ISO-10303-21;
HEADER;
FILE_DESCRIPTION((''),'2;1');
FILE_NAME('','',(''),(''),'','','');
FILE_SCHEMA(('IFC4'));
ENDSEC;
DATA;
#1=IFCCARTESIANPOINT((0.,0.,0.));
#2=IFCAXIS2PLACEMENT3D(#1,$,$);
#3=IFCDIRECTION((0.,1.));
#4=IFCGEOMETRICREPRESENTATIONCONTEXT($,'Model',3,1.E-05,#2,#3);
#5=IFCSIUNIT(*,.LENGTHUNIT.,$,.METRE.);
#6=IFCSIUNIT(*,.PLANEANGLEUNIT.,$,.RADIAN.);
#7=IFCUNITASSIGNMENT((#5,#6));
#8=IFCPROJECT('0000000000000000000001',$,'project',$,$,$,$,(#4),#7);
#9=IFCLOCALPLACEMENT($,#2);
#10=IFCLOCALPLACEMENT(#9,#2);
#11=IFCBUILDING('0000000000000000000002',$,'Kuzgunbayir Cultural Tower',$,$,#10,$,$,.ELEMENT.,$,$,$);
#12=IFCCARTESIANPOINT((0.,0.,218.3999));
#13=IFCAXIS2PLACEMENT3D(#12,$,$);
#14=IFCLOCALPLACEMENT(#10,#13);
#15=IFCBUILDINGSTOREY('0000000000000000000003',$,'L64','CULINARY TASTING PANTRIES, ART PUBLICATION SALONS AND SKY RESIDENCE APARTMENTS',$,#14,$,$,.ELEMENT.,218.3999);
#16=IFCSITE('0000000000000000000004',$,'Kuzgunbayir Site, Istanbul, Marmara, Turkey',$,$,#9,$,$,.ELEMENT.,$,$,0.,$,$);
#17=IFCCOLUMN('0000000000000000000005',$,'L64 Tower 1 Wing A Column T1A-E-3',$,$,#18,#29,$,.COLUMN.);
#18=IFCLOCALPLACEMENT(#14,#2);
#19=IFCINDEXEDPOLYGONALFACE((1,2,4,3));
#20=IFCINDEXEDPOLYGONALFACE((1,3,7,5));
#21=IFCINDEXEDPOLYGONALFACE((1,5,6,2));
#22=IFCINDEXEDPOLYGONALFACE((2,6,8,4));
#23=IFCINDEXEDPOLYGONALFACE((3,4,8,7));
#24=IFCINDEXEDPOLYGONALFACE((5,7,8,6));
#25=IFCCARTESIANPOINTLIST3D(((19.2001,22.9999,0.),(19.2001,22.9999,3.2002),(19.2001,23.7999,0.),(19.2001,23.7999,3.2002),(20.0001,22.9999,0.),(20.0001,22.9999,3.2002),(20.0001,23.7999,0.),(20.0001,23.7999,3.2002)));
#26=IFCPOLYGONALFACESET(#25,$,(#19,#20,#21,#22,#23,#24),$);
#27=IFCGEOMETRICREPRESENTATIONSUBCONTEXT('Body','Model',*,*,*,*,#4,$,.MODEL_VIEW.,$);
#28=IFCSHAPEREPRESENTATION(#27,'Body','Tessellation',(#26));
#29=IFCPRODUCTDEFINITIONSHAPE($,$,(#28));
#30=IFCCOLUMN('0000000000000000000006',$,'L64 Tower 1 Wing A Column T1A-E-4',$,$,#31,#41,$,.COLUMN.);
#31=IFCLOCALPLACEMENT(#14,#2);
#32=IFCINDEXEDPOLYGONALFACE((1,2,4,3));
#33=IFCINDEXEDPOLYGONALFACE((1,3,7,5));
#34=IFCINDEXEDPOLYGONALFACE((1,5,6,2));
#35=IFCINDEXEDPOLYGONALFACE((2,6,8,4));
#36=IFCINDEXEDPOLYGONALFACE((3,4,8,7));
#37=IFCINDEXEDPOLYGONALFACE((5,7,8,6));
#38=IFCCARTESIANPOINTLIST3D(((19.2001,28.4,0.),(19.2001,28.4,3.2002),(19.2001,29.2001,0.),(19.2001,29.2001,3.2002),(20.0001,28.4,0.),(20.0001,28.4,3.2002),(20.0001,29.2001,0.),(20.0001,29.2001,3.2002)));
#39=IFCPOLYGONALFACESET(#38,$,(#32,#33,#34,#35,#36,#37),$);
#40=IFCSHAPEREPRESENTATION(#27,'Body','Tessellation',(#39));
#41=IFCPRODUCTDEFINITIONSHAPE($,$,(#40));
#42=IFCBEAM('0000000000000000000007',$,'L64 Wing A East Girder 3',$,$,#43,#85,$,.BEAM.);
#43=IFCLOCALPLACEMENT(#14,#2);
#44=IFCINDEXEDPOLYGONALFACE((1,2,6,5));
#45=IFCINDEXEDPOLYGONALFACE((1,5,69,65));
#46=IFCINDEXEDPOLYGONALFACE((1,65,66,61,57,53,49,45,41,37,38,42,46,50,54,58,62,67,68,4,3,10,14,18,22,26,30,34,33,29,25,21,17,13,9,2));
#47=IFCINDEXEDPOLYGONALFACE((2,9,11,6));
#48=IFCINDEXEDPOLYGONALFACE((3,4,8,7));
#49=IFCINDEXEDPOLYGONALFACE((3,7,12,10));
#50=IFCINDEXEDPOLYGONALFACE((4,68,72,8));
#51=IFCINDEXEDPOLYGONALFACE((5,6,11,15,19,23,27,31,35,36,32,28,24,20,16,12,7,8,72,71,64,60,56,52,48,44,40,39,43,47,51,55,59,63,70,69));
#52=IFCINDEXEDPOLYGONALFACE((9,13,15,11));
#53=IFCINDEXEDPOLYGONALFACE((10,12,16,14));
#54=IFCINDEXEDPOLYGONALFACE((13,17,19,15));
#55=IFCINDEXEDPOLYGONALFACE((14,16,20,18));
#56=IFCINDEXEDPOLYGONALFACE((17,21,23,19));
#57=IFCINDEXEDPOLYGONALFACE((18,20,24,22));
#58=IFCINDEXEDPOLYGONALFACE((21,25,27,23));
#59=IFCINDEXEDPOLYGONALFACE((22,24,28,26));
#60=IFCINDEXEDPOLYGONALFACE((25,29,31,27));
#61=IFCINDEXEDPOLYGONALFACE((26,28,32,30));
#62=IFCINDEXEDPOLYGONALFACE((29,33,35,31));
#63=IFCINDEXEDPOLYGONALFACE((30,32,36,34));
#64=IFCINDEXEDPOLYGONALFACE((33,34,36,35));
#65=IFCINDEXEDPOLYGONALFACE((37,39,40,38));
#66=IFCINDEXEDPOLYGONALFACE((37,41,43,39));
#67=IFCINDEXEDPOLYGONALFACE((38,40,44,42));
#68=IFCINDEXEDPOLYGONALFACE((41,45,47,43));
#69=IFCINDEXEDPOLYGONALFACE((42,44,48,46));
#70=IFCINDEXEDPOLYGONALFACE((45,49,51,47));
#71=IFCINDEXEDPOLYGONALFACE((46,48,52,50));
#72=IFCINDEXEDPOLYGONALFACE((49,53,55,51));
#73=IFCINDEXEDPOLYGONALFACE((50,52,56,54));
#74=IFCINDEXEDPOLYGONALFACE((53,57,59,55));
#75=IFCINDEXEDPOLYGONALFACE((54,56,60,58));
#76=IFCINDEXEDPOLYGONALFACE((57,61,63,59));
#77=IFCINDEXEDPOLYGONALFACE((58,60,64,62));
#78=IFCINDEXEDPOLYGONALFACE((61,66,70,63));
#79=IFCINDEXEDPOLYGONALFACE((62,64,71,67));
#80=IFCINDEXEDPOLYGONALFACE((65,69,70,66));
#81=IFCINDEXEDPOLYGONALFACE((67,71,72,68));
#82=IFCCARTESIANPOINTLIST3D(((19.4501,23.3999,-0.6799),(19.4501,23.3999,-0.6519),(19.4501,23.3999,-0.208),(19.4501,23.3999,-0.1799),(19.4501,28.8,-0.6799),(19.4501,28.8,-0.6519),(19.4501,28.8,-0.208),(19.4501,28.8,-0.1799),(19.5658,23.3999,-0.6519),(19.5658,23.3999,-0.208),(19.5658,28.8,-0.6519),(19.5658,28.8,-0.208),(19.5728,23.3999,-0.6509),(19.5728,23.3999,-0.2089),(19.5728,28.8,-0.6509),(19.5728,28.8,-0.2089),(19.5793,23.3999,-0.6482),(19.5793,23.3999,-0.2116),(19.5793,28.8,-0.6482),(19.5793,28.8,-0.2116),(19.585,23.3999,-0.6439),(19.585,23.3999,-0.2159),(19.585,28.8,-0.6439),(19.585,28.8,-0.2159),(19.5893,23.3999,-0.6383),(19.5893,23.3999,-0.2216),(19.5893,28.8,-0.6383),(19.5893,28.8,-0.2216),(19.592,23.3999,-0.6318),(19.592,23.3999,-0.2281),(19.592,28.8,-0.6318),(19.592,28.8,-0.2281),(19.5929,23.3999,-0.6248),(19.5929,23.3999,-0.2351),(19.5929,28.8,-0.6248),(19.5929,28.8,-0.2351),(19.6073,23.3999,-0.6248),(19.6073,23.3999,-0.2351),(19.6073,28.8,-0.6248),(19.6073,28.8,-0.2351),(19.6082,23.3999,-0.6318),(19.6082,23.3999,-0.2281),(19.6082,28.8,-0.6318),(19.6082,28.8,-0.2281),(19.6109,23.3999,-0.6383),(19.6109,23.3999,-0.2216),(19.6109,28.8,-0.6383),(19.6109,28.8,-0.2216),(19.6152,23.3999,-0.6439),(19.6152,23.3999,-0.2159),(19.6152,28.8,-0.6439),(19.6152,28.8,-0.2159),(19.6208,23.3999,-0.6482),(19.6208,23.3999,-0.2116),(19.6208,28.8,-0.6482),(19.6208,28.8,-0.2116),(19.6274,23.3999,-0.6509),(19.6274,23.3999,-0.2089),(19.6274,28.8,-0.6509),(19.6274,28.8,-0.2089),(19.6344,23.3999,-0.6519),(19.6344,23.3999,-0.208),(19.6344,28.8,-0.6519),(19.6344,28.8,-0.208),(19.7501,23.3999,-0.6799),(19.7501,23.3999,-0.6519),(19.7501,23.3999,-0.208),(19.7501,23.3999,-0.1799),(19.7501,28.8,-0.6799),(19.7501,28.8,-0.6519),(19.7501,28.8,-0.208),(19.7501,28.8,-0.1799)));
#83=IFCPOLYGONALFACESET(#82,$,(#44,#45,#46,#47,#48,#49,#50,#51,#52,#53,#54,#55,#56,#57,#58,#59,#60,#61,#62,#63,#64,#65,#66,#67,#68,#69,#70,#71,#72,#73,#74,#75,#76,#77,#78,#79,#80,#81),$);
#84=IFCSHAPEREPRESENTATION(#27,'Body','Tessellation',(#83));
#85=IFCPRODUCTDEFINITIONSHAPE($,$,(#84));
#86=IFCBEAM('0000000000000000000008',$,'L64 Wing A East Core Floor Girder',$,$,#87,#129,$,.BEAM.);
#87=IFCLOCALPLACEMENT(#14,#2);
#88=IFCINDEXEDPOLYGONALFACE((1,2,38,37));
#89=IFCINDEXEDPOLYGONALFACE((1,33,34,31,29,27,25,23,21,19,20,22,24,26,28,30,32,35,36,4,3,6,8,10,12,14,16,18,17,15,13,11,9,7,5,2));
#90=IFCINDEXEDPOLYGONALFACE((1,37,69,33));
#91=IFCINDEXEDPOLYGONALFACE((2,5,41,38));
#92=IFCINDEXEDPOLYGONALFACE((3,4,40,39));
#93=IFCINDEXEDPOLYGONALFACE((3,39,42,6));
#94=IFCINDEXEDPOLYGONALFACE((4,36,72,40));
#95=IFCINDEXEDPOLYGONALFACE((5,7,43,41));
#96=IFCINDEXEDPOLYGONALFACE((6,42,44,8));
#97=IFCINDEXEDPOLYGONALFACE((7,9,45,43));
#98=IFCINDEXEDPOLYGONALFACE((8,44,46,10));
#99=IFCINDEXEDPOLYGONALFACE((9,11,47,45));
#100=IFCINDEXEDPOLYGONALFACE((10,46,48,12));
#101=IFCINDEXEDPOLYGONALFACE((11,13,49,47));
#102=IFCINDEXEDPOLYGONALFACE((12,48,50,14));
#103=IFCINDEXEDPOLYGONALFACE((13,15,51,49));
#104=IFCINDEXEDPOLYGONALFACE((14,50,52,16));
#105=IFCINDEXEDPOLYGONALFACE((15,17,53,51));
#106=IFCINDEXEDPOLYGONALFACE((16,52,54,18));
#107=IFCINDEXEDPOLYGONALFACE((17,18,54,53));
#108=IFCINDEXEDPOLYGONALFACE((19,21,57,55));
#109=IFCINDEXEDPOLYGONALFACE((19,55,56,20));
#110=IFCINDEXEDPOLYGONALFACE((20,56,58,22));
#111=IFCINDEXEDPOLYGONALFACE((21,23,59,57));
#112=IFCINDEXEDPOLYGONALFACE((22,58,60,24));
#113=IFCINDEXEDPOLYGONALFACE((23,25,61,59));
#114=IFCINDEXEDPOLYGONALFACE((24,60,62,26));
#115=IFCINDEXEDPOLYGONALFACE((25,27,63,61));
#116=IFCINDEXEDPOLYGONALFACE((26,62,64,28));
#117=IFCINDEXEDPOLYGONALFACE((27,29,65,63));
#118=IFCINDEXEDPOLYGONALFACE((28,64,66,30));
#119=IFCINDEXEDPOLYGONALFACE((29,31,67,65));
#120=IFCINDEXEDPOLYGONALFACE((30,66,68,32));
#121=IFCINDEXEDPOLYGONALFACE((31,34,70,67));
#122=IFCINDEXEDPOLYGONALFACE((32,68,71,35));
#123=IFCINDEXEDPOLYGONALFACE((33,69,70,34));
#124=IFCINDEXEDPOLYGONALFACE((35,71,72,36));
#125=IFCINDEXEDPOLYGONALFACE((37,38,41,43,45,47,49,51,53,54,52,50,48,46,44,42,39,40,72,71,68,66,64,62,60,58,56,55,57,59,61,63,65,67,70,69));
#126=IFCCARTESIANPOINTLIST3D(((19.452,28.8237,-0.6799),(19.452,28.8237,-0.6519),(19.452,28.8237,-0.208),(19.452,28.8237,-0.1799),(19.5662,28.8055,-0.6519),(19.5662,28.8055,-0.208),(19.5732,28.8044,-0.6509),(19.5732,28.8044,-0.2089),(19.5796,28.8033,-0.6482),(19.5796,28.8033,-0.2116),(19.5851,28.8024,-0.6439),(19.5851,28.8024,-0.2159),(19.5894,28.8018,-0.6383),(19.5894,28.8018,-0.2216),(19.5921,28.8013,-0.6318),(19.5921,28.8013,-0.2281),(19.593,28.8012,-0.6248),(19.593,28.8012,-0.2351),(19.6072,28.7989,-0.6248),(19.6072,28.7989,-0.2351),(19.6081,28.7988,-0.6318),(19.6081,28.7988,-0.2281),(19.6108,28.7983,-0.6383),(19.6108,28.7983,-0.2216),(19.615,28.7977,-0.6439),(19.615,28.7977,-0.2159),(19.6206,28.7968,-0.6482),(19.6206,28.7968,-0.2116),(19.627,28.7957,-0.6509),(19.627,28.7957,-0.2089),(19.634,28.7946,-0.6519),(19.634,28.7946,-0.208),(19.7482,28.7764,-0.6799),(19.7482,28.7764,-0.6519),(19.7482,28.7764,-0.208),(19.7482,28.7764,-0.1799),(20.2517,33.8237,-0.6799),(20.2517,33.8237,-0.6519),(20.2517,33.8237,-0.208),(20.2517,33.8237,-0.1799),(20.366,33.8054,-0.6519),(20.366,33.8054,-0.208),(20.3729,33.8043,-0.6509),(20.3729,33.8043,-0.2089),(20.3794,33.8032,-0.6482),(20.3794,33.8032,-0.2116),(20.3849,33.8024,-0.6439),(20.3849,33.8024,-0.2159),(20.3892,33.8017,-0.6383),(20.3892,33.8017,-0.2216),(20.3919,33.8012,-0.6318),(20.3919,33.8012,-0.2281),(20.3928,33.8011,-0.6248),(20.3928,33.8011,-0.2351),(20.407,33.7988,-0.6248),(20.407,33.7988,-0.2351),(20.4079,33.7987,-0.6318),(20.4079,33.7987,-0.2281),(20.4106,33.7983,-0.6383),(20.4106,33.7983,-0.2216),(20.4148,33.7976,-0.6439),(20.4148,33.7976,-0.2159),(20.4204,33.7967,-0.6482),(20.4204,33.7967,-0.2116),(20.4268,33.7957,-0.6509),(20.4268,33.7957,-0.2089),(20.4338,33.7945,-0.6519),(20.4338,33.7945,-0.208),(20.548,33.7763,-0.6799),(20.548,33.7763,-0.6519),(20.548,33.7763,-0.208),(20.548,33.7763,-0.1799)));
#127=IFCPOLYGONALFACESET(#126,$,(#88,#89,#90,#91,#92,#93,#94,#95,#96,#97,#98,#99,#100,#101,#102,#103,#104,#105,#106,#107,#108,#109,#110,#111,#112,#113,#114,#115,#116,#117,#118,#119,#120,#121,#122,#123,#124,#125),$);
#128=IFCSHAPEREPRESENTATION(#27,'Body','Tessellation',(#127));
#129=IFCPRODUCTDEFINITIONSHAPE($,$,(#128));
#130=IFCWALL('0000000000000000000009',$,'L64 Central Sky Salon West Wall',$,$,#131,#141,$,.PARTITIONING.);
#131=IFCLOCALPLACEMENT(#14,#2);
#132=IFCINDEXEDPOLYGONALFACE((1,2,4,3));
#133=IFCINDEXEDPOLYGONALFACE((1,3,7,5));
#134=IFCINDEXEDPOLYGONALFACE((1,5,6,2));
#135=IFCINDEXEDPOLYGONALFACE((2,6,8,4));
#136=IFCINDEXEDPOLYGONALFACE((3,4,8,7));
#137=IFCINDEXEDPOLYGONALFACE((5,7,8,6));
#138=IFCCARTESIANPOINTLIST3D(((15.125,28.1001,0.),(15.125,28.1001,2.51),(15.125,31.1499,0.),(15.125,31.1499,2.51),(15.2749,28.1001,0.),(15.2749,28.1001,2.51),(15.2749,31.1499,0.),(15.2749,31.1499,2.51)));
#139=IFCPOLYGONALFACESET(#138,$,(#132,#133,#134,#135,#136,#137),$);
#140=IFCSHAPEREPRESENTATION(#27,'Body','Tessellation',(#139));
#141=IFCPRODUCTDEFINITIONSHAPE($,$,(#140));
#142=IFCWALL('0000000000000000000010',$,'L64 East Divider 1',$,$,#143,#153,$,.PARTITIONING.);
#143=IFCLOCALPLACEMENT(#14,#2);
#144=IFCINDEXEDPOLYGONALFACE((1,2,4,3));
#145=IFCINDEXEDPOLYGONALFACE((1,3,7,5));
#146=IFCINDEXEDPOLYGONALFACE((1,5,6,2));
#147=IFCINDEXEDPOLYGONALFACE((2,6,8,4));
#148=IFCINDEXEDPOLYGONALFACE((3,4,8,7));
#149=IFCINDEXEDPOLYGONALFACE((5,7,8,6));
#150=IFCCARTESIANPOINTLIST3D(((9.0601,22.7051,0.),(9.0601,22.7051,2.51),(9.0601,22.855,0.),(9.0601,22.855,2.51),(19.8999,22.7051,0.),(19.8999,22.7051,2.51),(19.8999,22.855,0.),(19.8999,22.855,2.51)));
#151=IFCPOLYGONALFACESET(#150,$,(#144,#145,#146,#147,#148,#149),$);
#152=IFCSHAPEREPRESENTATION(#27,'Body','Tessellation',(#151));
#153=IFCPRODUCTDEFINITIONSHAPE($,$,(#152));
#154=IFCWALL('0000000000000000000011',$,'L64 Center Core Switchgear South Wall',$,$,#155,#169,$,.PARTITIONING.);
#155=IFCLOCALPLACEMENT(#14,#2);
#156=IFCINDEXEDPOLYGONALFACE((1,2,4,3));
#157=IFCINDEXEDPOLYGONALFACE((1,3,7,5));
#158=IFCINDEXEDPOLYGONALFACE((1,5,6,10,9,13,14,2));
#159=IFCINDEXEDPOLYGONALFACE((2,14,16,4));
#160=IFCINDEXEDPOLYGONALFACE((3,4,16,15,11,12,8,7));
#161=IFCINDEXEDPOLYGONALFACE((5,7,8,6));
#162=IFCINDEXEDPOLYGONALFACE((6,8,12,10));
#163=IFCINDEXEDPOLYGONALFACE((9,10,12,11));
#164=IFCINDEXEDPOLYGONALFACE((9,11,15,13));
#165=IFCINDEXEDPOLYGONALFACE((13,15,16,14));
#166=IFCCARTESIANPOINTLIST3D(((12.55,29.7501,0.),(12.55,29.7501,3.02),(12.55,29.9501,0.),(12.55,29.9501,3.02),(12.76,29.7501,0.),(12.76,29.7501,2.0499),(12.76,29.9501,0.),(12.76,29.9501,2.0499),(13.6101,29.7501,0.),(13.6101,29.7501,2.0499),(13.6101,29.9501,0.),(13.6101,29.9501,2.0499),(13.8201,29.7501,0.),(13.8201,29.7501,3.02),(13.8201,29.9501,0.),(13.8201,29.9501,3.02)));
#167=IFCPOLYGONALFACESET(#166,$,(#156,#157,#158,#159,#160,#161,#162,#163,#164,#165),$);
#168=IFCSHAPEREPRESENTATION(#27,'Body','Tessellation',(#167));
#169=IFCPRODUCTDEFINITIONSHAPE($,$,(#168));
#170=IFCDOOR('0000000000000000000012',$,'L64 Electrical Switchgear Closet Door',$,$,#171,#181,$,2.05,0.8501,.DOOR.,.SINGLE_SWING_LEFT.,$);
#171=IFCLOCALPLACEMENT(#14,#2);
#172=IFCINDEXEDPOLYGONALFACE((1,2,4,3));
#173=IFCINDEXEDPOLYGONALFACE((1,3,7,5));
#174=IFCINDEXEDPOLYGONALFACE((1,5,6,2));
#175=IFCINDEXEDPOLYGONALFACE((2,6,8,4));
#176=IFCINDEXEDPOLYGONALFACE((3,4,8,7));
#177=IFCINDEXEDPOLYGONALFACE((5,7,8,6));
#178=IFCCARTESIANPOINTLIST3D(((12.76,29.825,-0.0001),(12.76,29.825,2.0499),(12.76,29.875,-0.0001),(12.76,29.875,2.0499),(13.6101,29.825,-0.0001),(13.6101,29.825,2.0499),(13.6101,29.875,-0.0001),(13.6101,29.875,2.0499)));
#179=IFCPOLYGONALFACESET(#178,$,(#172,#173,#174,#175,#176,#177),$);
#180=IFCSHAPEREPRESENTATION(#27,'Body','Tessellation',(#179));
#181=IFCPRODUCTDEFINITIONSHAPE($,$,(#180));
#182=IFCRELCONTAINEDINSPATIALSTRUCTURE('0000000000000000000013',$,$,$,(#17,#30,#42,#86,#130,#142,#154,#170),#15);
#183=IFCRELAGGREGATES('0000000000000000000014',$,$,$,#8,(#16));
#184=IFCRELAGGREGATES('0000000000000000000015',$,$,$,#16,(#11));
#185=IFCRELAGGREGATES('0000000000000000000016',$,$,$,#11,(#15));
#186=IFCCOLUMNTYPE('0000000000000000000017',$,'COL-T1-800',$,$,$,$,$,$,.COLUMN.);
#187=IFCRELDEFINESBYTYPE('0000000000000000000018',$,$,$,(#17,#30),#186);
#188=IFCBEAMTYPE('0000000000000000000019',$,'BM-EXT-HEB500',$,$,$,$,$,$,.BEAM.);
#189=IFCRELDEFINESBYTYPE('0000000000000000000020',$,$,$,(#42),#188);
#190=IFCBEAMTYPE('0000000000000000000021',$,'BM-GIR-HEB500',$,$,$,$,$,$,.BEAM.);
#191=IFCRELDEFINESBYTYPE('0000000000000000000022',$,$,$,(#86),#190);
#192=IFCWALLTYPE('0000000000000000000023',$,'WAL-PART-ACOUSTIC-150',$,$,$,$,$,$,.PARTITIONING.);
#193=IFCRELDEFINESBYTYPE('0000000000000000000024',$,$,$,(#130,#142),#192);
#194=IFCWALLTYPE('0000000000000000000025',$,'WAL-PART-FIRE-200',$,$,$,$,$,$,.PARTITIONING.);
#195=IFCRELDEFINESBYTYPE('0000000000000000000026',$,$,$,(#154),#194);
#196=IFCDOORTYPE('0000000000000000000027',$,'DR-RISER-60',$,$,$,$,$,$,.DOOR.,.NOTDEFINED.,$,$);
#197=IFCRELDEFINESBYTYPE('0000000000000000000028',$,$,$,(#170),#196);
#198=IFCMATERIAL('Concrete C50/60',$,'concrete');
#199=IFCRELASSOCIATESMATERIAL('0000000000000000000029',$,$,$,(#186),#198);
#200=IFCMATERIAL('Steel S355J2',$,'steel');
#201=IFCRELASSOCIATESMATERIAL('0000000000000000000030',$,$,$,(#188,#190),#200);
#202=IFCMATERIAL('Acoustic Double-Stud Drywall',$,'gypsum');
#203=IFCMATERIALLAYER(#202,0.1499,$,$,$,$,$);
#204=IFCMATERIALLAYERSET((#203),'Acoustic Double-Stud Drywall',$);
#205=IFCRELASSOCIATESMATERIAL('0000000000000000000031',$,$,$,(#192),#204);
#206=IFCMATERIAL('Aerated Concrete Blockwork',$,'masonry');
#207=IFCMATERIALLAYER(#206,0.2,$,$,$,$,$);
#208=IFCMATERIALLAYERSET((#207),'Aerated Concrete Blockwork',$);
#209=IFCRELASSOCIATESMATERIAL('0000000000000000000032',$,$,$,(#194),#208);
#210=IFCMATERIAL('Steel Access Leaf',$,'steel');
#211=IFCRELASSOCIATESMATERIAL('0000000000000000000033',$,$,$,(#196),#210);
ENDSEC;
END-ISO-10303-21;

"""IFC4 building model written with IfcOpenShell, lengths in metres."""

from ifc_helpers import new_model, si_unit, direction, frame, frame_2d, origin, origin_2d, place, context, subcontext, project, spatial, rectangle, i_section, extrude, material, layer, layer_set, material_profile, profile_set, type_object, element, fill, save


model = new_model("IFC4")

# Units and contexts
model_context = context("Model", 3, precision=1e-05, world=origin(), true_north=direction((0.0, 1.0)))
body_context = subcontext(model_context, "Body", "Model", "MODEL_VIEW")
ifc_project = project(units=[si_unit("LENGTHUNIT", "METRE"), si_unit("PLANEANGLEUNIT", "RADIAN")], contexts=[model_context])

# Site, building, storey
site_placement = place(None, origin())
site = spatial("IfcSite", under=ifc_project, at=site_placement, Name="Kuzgunbayir Site, Istanbul, Marmara, Turkey", CompositionType="ELEMENT", RefElevation=0.0)
building_placement = place(site_placement, origin())
building = spatial("IfcBuilding", under=site, at=building_placement, Name="Kuzgunbayir Cultural Tower", CompositionType="ELEMENT")
storey_placement = place(building_placement, frame((0.0, 0.0, 218.3999)))
storey = spatial("IfcBuildingStorey", under=building, at=storey_placement, Name="L64", Description="CULINARY TASTING PANTRIES, ART PUBLICATION SALONS AND SKY RESIDENCE APARTMENTS", CompositionType="ELEMENT", Elevation=218.3999)

# Columns
ifc_material_1 = material(Name="Concrete C50/60", Category="concrete")
ifc_material_profile_1 = material_profile(ifc_material_1, rectangle(XDim=0.8, YDim=0.8, at=origin_2d()), Name="RC 800x800")
ifc_profile_set_1 = profile_set([ifc_material_profile_1], Name="Concrete C50/60")
column_type = type_object("IfcColumnType", Name="COL-T1-800", PredefinedType="COLUMN", material=ifc_profile_set_1)
for number, where, z_axis, x_axis, name in (
    (1, (19.6001, 23.3999, 0.0), (0.0, 0.0, 1.0), (1.0, 0.0, 0.0), "L64 Tower 1 Wing A Column T1A-E-3"),
    (2, (19.6001, 28.8, 0.0), (0.0, 0.0, 1.0), (1.0, 0.0, 0.0), "L64 Tower 1 Wing A Column T1A-E-4"),
):
    element("IfcColumn", number, at=place(storey_placement, frame(where, z_axis=z_axis, x_axis=x_axis)), inside=storey, type_object=column_type, Name=name, PredefinedType="COLUMN", context=body_context, shape_type="SweptSolid", body=[
        extrude(rectangle(XDim=0.8, YDim=0.8, at=origin_2d()), origin(), (0.0, 0.0, 1.0), 3.2002),
    ])

# Beams
ifc_material_2 = material(Name="Steel S355J2", Category="steel")
ifc_material_profile_2 = material_profile(ifc_material_2, i_section(OverallWidth=0.3, OverallDepth=0.5, WebThickness=0.0144, FlangeThickness=0.0281, FilletRadius=0.0271, at=origin_2d()), Name="HEB 500")
ifc_profile_set_2 = profile_set([ifc_material_profile_2], Name="Steel S355J2")
beam_type_1 = type_object("IfcBeamType", Name="BM-EXT-HEB500", PredefinedType="BEAM", material=ifc_profile_set_2)
beam_1_placement = place(storey_placement, frame((19.6001, 23.3999, -0.4299), z_axis=(0.0, 1.0, 0.0), x_axis=(-1.0, 0.0, 0.0)))
element("IfcBeam", 3, at=beam_1_placement, inside=storey, type_object=beam_type_1, Name="L64 Wing A East Girder 3", PredefinedType="BEAM", context=body_context, shape_type="SweptSolid", body=[
    extrude(i_section(OverallWidth=0.3, OverallDepth=0.5, WebThickness=0.0144, FlangeThickness=0.0281, FilletRadius=0.0271, at=origin_2d()), origin(), (0.0, 0.0, 1.0), 5.4001),
])
ifc_material_profile_3 = material_profile(ifc_material_2, i_section(OverallWidth=0.3, OverallDepth=0.5, WebThickness=0.0144, FlangeThickness=0.0281, FilletRadius=0.0271, at=origin_2d()), Name="HEB 500")
ifc_profile_set_3 = profile_set([ifc_material_profile_3], Name="Steel S355J2")
beam_type_2 = type_object("IfcBeamType", Name="BM-GIR-HEB500", PredefinedType="BEAM", material=ifc_profile_set_3)
beam_2_placement = place(storey_placement, frame((19.6001, 28.8, -0.4299), z_axis=(0.157953, 0.987447, 0.0), x_axis=(-0.987447, 0.157953, 0.0)))
element("IfcBeam", 4, at=beam_2_placement, inside=storey, type_object=beam_type_2, Name="L64 Wing A East Core Floor Girder", PredefinedType="BEAM", context=body_context, shape_type="SweptSolid", body=[
    extrude(i_section(OverallWidth=0.3, OverallDepth=0.5, WebThickness=0.0144, FlangeThickness=0.0281, FilletRadius=0.0271, at=origin_2d()), origin(), (0.0, 0.0, 1.0), 5.0635),
])

# Shared definitions
ifc_material_3 = material(Name="Acoustic Double-Stud Drywall", Category="gypsum")
ifc_layer_1 = layer(ifc_material_3, 0.1499)
ifc_layer_set_1 = layer_set([ifc_layer_1], Name="Acoustic Double-Stud Drywall")
wall_type_1 = type_object("IfcWallType", Name="WAL-PART-ACOUSTIC-150", PredefinedType="PARTITIONING", material=ifc_layer_set_1)

# Walls
wall_1_placement = place(storey_placement, frame((15.2, 28.1001, 0.0), z_axis=(0.0, 0.0, 1.0), x_axis=(0.0, 1.0, 0.0)))
element("IfcWall", 5, at=wall_1_placement, inside=storey, type_object=wall_type_1, Name="L64 Central Sky Salon West Wall", PredefinedType="PARTITIONING", context=body_context, shape_type="SweptSolid", body=[
    extrude(rectangle(XDim=3.0498, YDim=0.1499, at=frame_2d((1.5249, 0.0))), origin(), (0.0, 0.0, 1.0), 2.51),
])
wall_2_placement = place(storey_placement, frame((9.0601, 22.78, 0.0), z_axis=(0.0, 0.0, 1.0), x_axis=(1.0, 0.0, 0.0)))
element("IfcWall", 6, at=wall_2_placement, inside=storey, type_object=wall_type_1, Name="L64 East Divider 1", PredefinedType="PARTITIONING", context=body_context, shape_type="SweptSolid", body=[
    extrude(rectangle(XDim=10.8398, YDim=0.1499, at=frame_2d((5.4199, 0.0))), origin(), (0.0, 0.0, 1.0), 2.51),
])

# Wall, opening, door
ifc_material_4 = material(Name="Aerated Concrete Blockwork", Category="masonry")
ifc_layer_2 = layer(ifc_material_4, 0.2)
ifc_layer_set_2 = layer_set([ifc_layer_2], Name="Aerated Concrete Blockwork")
wall_type_2 = type_object("IfcWallType", Name="WAL-PART-FIRE-200", PredefinedType="PARTITIONING", material=ifc_layer_set_2)
wall_3_placement = place(storey_placement, frame((12.55, 29.8501, 0.0), z_axis=(0.0, 0.0, 1.0), x_axis=(1.0, 0.0, 0.0)))
wall_3 = element("IfcWall", 7, at=wall_3_placement, inside=storey, type_object=wall_type_2, Name="L64 Center Core Switchgear South Wall", PredefinedType="PARTITIONING", context=body_context, shape_type="SweptSolid", body=[
    extrude(rectangle(XDim=1.27, YDim=0.2, at=frame_2d((0.635, 0.0))), origin(), (0.0, 0.0, 1.0), 3.02),
])
opening_1_placement = place(wall_3_placement, frame((0.21, 0.0, 0.0)))
opening_1 = element("IfcOpeningElement", 8, at=opening_1_placement, cuts=wall_3, PredefinedType="OPENING", context=body_context, shape_type="SweptSolid", body=[
    extrude(rectangle(XDim=0.8501, YDim=2.05, at=frame_2d((0.425, 1.0249))), frame((0.0, 0.1099, 0.0), z_axis=(0.0, -1.0, 0.0), x_axis=(1.0, 0.0, 0.0)), (0.0, 0.0, 1.0), 0.22),
])
ifc_material_5 = material(Name="Steel Access Leaf", Category="steel")
door_type_1 = type_object("IfcDoorType", Name="DR-RISER-60", OperationType="NOTDEFINED", PredefinedType="DOOR", material=ifc_material_5)
door_1_placement = place(opening_1_placement, origin())
door_1 = element("IfcDoor", 9, at=door_1_placement, inside=storey, type_object=door_type_1, Name="L64 Electrical Switchgear Closet Door", OperationType="SINGLE_SWING_LEFT", OverallHeight=2.05, OverallWidth=0.8501, PredefinedType="DOOR", context=body_context, shape_type="SweptSolid", body=[
    extrude(rectangle(XDim=0.8501, YDim=2.05, at=frame_2d((0.425, 1.0249))), frame((0.0, 0.0249, 0.0), z_axis=(0.0, -1.0, 0.0), x_axis=(1.0, 0.0, 0.0)), (0.0, 0.0, 1.0), 0.05),
])
fill(opening_1, door_1)

save(model, "model.ifc")
